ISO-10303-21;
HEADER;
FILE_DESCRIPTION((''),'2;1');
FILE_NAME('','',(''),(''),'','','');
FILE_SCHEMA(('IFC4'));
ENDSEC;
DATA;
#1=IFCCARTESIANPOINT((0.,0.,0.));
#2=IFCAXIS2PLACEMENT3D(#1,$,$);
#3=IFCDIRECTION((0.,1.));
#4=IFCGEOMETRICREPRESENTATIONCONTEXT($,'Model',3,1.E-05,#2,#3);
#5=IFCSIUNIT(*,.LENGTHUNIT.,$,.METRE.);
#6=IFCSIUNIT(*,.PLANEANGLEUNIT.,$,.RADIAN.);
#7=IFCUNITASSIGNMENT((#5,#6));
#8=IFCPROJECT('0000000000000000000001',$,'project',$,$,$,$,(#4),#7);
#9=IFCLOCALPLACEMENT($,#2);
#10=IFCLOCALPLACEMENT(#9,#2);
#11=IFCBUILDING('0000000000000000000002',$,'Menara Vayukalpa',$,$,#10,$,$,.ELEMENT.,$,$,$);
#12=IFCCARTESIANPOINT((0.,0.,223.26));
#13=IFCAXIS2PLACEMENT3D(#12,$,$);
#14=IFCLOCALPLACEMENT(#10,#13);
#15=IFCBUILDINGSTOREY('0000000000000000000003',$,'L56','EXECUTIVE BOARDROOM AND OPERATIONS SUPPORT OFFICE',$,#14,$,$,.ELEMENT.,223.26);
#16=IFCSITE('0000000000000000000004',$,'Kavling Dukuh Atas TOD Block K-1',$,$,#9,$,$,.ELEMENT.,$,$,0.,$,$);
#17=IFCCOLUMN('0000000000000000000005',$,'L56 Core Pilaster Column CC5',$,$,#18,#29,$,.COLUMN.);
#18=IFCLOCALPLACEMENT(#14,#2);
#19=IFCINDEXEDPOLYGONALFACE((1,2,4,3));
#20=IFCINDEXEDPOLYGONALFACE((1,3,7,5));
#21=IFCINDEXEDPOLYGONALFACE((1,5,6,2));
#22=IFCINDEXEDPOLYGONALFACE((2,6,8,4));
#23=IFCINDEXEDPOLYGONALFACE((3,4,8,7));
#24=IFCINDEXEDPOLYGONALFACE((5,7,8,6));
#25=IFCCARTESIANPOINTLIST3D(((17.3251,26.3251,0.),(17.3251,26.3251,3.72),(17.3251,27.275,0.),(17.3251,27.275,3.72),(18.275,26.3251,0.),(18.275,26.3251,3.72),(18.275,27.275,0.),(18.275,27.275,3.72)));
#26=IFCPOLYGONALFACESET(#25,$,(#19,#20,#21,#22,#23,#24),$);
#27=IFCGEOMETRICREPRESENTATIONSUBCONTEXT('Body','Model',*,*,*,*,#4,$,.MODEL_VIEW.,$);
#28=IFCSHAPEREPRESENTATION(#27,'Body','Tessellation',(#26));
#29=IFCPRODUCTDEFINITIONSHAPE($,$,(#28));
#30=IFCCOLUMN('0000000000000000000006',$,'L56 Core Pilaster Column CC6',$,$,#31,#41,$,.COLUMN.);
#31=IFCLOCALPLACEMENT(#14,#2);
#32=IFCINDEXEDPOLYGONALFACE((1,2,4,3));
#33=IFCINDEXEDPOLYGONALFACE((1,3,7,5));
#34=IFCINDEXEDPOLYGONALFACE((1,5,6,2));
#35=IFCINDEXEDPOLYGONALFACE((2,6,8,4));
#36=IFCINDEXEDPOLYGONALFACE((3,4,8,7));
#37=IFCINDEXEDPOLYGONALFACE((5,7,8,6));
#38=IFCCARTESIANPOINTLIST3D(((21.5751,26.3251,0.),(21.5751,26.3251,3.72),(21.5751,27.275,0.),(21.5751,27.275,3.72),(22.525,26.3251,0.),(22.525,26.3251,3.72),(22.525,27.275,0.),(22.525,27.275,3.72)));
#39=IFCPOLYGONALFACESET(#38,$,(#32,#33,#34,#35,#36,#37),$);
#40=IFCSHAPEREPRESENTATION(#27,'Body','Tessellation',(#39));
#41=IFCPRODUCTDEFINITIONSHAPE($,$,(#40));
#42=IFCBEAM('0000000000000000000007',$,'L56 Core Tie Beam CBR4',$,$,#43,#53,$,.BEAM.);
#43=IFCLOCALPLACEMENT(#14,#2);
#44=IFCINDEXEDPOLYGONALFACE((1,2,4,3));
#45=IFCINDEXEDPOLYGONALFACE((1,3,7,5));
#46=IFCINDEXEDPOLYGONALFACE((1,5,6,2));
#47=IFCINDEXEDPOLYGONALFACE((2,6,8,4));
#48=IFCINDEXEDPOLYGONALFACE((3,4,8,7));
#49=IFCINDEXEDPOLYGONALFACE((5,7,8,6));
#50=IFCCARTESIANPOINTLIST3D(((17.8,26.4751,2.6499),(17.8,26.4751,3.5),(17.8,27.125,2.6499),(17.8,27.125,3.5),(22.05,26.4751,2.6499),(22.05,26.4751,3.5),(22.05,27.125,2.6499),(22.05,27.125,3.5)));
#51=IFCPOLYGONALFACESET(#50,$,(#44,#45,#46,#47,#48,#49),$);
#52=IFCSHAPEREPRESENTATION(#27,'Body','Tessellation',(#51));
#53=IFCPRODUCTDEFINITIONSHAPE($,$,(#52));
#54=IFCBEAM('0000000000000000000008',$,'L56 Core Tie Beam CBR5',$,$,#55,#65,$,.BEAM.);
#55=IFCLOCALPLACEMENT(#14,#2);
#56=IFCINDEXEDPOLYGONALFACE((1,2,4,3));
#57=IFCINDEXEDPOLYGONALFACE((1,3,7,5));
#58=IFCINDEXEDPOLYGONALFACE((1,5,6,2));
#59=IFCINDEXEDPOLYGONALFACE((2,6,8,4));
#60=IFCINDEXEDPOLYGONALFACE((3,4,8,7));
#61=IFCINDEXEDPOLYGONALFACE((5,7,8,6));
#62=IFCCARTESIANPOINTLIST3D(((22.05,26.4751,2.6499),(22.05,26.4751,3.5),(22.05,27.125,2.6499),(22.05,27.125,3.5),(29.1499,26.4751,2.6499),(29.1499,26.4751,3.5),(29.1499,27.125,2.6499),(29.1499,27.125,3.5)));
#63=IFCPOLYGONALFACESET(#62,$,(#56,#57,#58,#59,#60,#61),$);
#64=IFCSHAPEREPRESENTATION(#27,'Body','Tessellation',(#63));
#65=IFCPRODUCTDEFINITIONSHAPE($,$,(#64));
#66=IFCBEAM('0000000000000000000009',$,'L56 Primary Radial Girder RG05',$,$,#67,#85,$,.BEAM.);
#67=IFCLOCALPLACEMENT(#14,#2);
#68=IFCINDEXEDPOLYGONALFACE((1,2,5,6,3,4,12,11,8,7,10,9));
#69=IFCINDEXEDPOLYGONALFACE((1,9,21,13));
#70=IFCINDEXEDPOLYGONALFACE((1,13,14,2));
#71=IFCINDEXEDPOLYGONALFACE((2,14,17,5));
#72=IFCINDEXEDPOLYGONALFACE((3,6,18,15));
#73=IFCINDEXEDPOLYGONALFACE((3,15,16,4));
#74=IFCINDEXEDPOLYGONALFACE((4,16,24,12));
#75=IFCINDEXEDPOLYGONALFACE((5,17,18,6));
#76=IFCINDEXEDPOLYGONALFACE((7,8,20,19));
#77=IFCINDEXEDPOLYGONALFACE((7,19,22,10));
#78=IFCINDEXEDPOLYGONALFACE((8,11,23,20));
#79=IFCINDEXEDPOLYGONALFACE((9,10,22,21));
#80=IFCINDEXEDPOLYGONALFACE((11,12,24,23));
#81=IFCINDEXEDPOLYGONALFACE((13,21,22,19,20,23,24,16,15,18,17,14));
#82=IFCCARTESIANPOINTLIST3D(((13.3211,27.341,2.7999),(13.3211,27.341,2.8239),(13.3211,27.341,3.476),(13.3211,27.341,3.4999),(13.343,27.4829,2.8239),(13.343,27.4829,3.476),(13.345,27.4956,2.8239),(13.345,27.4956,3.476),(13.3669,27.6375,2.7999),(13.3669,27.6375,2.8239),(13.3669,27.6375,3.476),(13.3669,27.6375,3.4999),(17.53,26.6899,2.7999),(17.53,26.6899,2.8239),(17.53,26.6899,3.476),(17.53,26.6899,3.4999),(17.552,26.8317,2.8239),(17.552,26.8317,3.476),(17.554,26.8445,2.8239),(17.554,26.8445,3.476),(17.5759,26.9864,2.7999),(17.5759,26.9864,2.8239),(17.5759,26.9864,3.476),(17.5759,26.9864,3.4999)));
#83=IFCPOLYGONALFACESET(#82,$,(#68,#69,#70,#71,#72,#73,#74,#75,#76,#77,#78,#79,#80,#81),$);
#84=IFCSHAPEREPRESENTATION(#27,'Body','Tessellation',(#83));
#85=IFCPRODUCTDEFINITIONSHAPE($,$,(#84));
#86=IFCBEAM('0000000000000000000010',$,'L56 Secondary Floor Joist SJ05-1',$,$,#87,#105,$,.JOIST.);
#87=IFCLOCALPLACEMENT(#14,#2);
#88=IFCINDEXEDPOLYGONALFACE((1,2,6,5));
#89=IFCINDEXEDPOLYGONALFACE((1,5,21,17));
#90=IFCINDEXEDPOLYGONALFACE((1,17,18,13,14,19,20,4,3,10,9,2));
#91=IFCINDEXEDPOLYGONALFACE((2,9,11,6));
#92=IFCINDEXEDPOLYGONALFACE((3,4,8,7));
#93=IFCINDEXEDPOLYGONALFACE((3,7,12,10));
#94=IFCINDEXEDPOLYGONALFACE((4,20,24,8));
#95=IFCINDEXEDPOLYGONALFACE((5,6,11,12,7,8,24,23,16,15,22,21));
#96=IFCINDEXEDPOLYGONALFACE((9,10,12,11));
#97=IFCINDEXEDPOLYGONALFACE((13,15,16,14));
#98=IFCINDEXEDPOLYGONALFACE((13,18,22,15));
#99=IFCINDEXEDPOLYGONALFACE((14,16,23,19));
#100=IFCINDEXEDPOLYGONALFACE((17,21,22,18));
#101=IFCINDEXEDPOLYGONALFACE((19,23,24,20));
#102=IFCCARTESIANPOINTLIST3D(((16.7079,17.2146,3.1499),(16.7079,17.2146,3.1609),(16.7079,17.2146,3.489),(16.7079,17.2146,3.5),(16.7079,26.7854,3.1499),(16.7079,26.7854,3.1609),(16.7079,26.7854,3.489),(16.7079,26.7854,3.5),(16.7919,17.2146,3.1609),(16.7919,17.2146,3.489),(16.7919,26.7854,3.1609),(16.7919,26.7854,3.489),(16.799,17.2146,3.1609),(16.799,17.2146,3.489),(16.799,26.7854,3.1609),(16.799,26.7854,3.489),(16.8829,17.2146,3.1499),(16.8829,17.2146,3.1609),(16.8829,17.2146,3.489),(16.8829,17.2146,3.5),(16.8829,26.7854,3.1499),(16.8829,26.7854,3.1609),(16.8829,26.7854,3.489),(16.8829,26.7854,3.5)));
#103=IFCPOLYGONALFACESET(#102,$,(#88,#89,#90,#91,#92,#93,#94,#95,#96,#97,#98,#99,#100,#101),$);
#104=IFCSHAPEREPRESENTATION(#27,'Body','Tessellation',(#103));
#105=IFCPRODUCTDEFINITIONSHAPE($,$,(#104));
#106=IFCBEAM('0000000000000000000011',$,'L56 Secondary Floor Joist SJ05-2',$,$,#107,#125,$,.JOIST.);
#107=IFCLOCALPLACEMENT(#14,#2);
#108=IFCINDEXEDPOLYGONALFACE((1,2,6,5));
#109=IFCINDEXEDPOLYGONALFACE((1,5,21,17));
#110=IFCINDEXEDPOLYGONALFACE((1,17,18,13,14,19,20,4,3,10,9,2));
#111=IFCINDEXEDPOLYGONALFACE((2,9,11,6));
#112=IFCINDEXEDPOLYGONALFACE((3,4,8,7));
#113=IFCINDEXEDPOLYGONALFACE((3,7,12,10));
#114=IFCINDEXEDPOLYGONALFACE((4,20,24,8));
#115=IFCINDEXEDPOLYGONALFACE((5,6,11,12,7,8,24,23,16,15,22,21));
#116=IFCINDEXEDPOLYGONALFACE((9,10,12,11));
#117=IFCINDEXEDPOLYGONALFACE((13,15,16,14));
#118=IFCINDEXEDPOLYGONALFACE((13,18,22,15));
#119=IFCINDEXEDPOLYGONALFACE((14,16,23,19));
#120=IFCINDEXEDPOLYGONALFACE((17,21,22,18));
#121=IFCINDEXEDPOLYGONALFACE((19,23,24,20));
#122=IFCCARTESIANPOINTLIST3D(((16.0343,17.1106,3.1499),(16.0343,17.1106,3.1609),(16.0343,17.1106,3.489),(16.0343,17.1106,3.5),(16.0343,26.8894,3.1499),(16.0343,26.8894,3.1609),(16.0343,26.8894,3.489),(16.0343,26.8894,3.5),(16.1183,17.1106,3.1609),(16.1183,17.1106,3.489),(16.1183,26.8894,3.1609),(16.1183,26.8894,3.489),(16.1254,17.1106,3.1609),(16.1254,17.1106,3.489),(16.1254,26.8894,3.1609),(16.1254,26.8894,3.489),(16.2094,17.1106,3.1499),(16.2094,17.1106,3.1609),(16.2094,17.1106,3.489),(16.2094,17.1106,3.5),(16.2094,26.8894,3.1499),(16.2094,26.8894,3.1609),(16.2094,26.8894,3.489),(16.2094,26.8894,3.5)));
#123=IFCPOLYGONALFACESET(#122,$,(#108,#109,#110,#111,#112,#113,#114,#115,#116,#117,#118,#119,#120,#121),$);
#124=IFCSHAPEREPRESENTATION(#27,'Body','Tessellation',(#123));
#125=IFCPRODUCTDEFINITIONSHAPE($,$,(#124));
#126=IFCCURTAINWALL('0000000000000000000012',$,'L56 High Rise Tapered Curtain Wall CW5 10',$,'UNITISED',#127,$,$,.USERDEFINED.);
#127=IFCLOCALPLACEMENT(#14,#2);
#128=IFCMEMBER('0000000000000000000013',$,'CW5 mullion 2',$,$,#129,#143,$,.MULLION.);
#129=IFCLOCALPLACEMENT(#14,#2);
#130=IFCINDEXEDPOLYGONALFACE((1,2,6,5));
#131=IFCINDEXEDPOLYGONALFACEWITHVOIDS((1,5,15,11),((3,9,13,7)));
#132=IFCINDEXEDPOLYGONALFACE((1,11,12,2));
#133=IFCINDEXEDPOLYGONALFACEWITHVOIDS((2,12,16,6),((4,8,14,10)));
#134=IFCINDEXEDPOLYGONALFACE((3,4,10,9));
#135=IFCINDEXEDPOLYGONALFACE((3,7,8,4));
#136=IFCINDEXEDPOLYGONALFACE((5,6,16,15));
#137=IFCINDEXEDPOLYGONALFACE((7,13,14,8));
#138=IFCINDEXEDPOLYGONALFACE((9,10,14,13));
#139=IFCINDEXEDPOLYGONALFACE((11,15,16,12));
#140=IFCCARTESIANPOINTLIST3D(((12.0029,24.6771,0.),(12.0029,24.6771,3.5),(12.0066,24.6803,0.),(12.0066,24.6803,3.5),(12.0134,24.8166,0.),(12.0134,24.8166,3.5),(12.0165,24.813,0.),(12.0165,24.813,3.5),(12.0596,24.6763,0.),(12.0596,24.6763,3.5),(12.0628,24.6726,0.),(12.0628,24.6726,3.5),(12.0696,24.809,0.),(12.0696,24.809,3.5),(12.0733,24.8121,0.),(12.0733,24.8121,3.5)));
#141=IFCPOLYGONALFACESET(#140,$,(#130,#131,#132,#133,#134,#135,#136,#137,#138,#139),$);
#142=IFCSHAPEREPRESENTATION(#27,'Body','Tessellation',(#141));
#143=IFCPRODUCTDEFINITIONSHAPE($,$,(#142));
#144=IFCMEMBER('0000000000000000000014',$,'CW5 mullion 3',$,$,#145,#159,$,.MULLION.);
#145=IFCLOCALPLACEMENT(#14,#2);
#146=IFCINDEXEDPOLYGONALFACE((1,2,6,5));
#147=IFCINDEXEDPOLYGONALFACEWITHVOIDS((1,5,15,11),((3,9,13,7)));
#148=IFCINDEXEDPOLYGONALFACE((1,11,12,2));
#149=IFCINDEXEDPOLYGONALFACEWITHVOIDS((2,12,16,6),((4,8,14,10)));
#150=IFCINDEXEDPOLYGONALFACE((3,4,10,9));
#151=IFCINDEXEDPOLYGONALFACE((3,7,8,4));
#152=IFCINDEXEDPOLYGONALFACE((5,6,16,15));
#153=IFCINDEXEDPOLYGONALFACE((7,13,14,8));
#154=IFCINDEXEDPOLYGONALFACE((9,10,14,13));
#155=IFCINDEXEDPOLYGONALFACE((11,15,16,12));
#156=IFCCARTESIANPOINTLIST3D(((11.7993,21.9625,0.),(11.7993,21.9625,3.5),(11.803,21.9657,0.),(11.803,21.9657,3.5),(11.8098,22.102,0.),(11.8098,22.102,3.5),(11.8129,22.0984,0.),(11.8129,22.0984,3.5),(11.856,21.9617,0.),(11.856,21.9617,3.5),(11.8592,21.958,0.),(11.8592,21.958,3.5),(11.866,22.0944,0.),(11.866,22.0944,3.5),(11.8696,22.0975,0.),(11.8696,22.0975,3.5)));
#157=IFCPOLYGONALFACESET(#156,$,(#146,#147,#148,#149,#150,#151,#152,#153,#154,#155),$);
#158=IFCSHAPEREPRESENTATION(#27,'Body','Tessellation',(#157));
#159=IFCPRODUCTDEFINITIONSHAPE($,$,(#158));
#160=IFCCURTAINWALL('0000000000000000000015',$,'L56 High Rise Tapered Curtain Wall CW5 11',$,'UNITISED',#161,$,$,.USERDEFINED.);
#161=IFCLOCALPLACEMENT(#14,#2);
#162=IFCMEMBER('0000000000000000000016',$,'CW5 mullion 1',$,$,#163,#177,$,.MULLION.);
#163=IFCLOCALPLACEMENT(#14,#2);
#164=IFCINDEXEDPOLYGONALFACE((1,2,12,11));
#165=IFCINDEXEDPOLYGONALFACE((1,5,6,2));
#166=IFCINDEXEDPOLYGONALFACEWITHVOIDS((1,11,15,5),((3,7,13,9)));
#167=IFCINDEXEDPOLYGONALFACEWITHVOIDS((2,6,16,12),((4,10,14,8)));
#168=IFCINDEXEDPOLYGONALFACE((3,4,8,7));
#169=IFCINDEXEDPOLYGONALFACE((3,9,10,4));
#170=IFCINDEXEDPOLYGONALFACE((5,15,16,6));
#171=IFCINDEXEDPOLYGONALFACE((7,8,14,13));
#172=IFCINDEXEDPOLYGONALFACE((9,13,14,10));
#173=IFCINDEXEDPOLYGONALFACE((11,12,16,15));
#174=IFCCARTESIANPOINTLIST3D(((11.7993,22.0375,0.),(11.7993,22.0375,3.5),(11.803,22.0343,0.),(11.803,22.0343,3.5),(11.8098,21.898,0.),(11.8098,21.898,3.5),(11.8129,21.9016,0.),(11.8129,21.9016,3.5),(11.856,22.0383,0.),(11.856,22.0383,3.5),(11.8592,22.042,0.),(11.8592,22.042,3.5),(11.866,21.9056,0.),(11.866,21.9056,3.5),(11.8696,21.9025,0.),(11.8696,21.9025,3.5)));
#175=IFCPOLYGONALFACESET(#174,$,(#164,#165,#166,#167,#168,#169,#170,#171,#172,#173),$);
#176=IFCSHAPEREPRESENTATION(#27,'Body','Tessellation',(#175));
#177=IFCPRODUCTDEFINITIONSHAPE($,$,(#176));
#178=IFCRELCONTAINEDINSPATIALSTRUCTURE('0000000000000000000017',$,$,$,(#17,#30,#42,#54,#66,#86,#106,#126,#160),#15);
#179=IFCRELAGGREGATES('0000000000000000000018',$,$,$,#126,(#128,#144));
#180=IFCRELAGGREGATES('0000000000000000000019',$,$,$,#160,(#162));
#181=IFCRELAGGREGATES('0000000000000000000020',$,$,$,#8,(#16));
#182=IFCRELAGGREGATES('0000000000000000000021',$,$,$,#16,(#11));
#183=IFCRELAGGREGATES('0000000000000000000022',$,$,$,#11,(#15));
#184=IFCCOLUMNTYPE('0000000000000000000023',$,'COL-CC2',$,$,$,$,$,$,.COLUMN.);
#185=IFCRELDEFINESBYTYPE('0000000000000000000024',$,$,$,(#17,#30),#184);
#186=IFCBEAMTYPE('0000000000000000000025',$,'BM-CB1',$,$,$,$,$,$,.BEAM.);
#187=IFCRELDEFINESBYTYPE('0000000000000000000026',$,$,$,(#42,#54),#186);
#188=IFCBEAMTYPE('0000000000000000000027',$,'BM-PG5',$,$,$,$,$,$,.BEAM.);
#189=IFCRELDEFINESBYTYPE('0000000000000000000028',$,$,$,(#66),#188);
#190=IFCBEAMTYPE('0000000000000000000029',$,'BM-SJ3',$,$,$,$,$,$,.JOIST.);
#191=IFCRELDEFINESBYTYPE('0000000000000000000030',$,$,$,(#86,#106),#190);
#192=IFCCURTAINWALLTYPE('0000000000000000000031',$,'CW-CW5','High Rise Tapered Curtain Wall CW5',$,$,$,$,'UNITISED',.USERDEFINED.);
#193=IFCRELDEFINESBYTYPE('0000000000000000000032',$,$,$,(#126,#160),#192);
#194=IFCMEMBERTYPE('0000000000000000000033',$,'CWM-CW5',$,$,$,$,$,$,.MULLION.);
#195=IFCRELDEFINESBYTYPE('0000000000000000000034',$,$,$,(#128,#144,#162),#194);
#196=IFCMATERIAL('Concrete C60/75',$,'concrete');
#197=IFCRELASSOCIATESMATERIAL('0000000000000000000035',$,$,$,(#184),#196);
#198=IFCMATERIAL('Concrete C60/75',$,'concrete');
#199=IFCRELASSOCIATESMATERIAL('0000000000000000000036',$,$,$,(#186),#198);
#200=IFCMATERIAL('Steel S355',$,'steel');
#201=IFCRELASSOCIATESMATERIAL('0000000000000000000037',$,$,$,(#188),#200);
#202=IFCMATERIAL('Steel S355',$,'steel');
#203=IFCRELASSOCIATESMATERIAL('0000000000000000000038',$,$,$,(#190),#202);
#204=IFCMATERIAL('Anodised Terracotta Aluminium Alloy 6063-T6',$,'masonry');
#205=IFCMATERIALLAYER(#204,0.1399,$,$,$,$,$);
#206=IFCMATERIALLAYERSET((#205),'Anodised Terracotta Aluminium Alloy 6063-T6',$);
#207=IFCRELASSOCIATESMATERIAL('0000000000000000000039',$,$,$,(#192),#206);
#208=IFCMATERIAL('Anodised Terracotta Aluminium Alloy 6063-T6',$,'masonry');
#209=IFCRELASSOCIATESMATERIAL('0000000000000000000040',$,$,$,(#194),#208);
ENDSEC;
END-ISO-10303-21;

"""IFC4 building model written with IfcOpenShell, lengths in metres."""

from ifc_helpers import new_model, si_unit, direction, frame, origin, origin_2d, place, context, subcontext, project, spatial, rectangle, hollow_rectangle, i_section, extrude, material, layer, layer_set, material_profile, profile_set, type_object, element, aggregate, save


model = new_model("IFC4")

# Units and contexts
model_context = context("Model", 3, precision=1e-05, world=origin(), true_north=direction((0.0, 1.0)))
body_context = subcontext(model_context, "Body", "Model", "MODEL_VIEW")
ifc_project = project(units=[si_unit("LENGTHUNIT", "METRE"), si_unit("PLANEANGLEUNIT", "RADIAN")], contexts=[model_context])

# Site, building, storey
site_placement = place(None, origin())
site = spatial("IfcSite", under=ifc_project, at=site_placement, Name="Kavling Dukuh Atas TOD Block K-1", CompositionType="ELEMENT", RefElevation=0.0)
building_placement = place(site_placement, origin())
building = spatial("IfcBuilding", under=site, at=building_placement, Name="Menara Vayukalpa", CompositionType="ELEMENT")
storey_placement = place(building_placement, frame((0.0, 0.0, 223.26)))
storey = spatial("IfcBuildingStorey", under=building, at=storey_placement, Name="L56", Description="EXECUTIVE BOARDROOM AND OPERATIONS SUPPORT OFFICE", CompositionType="ELEMENT", Elevation=223.26)

# Columns
ifc_material_1 = material(Name="Concrete C60/75", Category="concrete")
ifc_material_profile_1 = material_profile(ifc_material_1, rectangle(XDim=0.95, YDim=0.95, at=origin_2d()), Name="RC 950x950")
ifc_profile_set_1 = profile_set([ifc_material_profile_1], Name="Concrete C60/75")
column_type = type_object("IfcColumnType", Name="COL-CC2", PredefinedType="COLUMN", material=ifc_profile_set_1)
for number, where, z_axis, x_axis, name in (
    (1, (17.8, 26.8, 0.0), (0.0, 0.0, 1.0), (1.0, 0.0, 0.0), "L56 Core Pilaster Column CC5"),
    (2, (22.05, 26.8, 0.0), (0.0, 0.0, 1.0), (1.0, 0.0, 0.0), "L56 Core Pilaster Column CC6"),
):
    element("IfcColumn", number, at=place(storey_placement, frame(where, z_axis=z_axis, x_axis=x_axis)), inside=storey, type_object=column_type, Name=name, PredefinedType="COLUMN", context=body_context, shape_type="SweptSolid", body=[
        extrude(rectangle(XDim=0.95, YDim=0.95, at=origin_2d()), origin(), (0.0, 0.0, 1.0), 3.72),
    ])

# Beams
ifc_material_2 = material(Name="Concrete C60/75", Category="concrete")
ifc_material_profile_2 = material_profile(ifc_material_2, rectangle(XDim=0.6499, YDim=0.8501, at=origin_2d()), Name="RC 650x850")
ifc_profile_set_2 = profile_set([ifc_material_profile_2], Name="Concrete C60/75")
beam_type_1 = type_object("IfcBeamType", Name="BM-CB1", PredefinedType="BEAM", material=ifc_profile_set_2)
beam_1_placement = place(storey_placement, frame((17.8, 26.8, 3.075), z_axis=(1.0, 0.0, 0.0), x_axis=(0.0, 1.0, 0.0)))
element("IfcBeam", 3, at=beam_1_placement, inside=storey, type_object=beam_type_1, Name="L56 Core Tie Beam CBR4", PredefinedType="BEAM", context=body_context, shape_type="SweptSolid", body=[
    extrude(rectangle(XDim=0.6499, YDim=0.8501, at=origin_2d()), origin(), (0.0, 0.0, 1.0), 4.25),
])
beam_2_placement = place(storey_placement, frame((22.05, 26.8, 3.075), z_axis=(1.0, 0.0, 0.0), x_axis=(0.0, 1.0, 0.0)))
element("IfcBeam", 4, at=beam_2_placement, inside=storey, type_object=beam_type_1, Name="L56 Core Tie Beam CBR5", PredefinedType="BEAM", context=body_context, shape_type="SweptSolid", body=[
    extrude(rectangle(XDim=0.6499, YDim=0.8501, at=origin_2d()), origin(), (0.0, 0.0, 1.0), 7.0999),
])
ifc_material_3 = material(Name="Steel S355", Category="steel")
ifc_material_profile_3 = material_profile(ifc_material_3, i_section(OverallWidth=0.3, OverallDepth=0.7, WebThickness=0.0129, FlangeThickness=0.0239, at=origin_2d()), Name="WF 700x300x13x24")
ifc_profile_set_3 = profile_set([ifc_material_profile_3], Name="Steel S355")
beam_type_2 = type_object("IfcBeamType", Name="BM-PG5", PredefinedType="BEAM", material=ifc_profile_set_3)
beam_3_placement = place(storey_placement, frame((17.553, 26.8381, 3.1499), z_axis=(-0.988245, 0.15288, 0.0), x_axis=(-0.15288, -0.988245, 0.0)))
element("IfcBeam", 5, at=beam_3_placement, inside=storey, type_object=beam_type_2, Name="L56 Primary Radial Girder RG05", PredefinedType="BEAM", context=body_context, shape_type="SweptSolid", body=[
    extrude(i_section(OverallWidth=0.3, OverallDepth=0.7, WebThickness=0.0129, FlangeThickness=0.0239, at=origin_2d()), origin(), (0.0, 0.0, 1.0), 4.259),
])
ifc_material_4 = material(Name="Steel S355", Category="steel")
ifc_material_profile_4 = material_profile(ifc_material_4, i_section(OverallWidth=0.175, OverallDepth=0.3501, WebThickness=0.0071, FlangeThickness=0.011, at=origin_2d()), Name="WF 350x175x7x11")
ifc_profile_set_4 = profile_set([ifc_material_profile_4], Name="Steel S355")
beam_type_3 = type_object("IfcBeamType", Name="BM-SJ3", PredefinedType="JOIST", material=ifc_profile_set_4)
beam_4_placement = place(storey_placement, frame((16.7954, 26.7854, 3.325), z_axis=(0.0, -1.0, 0.0), x_axis=(1.0, 0.0, 0.0)))
element("IfcBeam", 6, at=beam_4_placement, inside=storey, type_object=beam_type_3, Name="L56 Secondary Floor Joist SJ05-1", PredefinedType="JOIST", context=body_context, shape_type="SweptSolid", body=[
    extrude(i_section(OverallWidth=0.175, OverallDepth=0.3501, WebThickness=0.0071, FlangeThickness=0.011, at=origin_2d()), origin(), (0.0, 0.0, 1.0), 9.5708),
])
beam_5_placement = place(storey_placement, frame((16.1218, 26.8894, 3.325), z_axis=(0.0, -1.0, 0.0), x_axis=(1.0, 0.0, 0.0)))
element("IfcBeam", 7, at=beam_5_placement, inside=storey, type_object=beam_type_3, Name="L56 Secondary Floor Joist SJ05-2", PredefinedType="JOIST", context=body_context, shape_type="SweptSolid", body=[
    extrude(i_section(OverallWidth=0.175, OverallDepth=0.3501, WebThickness=0.0071, FlangeThickness=0.011, at=origin_2d()), origin(), (0.0, 0.0, 1.0), 9.7788),
])

# Curtain wall, members
ifc_material_5 = material(Name="Anodised Terracotta Aluminium Alloy 6063-T6", Category="masonry")
ifc_layer_1 = layer(ifc_material_5, 0.1399)
ifc_layer_set_1 = layer_set([ifc_layer_1], Name="Anodised Terracotta Aluminium Alloy 6063-T6")
curtain_wall_type = type_object("IfcCurtainWallType", Name="CW-CW5", Description="High Rise Tapered Curtain Wall CW5", ElementType="UNITISED", PredefinedType="USERDEFINED", material=ifc_layer_set_1)
curtain_wall_1_placement = place(storey_placement, origin())
curtain_wall_1 = element("IfcCurtainWall", 8, at=curtain_wall_1_placement, inside=storey, type_object=curtain_wall_type, Name="L56 High Rise Tapered Curtain Wall CW5 10", ObjectType="UNITISED", PredefinedType="USERDEFINED")
ifc_material_6 = material(Name="Anodised Terracotta Aluminium Alloy 6063-T6", Category="masonry")
ifc_material_profile_5 = material_profile(ifc_material_6, hollow_rectangle(XDim=0.0601, YDim=0.1399, WallThickness=0.0034, at=origin_2d()), Name="ALU 60x140x3.5")
ifc_profile_set_5 = profile_set([ifc_material_profile_5], Name="Anodised Terracotta Aluminium Alloy 6063-T6")
member_type_1 = type_object("IfcMemberType", Name="CWM-CW5", PredefinedType="MULLION", material=ifc_profile_set_5)
member_1_placement = place(storey_placement, frame((12.0381, 24.7446, 0.0), z_axis=(0.0, 0.0, 1.0), x_axis=(0.997199, -0.074792, 0.0)))
member_1 = element("IfcMember", 9, at=member_1_placement, type_object=member_type_1, Name="CW5 mullion 2", PredefinedType="MULLION", context=body_context, shape_type="SweptSolid", body=[
    extrude(hollow_rectangle(XDim=0.0601, YDim=0.1399, WallThickness=0.0034, at=origin_2d()), origin(), (0.0, 0.0, 1.0), 3.5),
])
member_2_placement = place(storey_placement, frame((11.8345, 22.03, 0.0), z_axis=(0.0, 0.0, 1.0), x_axis=(0.997199, -0.074792, 0.0)))
member_2 = element("IfcMember", 10, at=member_2_placement, type_object=member_type_1, Name="CW5 mullion 3", PredefinedType="MULLION", context=body_context, shape_type="SweptSolid", body=[
    extrude(hollow_rectangle(XDim=0.0601, YDim=0.1399, WallThickness=0.0034, at=origin_2d()), origin(), (0.0, 0.0, 1.0), 3.5),
])

# Curtain wall, member
curtain_wall_2_placement = place(storey_placement, origin())
curtain_wall_2 = element("IfcCurtainWall", 11, at=curtain_wall_2_placement, inside=storey, type_object=curtain_wall_type, Name="L56 High Rise Tapered Curtain Wall CW5 11", ObjectType="UNITISED", PredefinedType="USERDEFINED")
member_3_placement = place(storey_placement, frame((11.8345, 21.97, 0.0), z_axis=(0.0, 0.0, 1.0), x_axis=(0.997199, 0.074792, 0.0)))
member_3 = element("IfcMember", 12, at=member_3_placement, type_object=member_type_1, Name="CW5 mullion 1", PredefinedType="MULLION", context=body_context, shape_type="SweptSolid", body=[
    extrude(hollow_rectangle(XDim=0.0601, YDim=0.1399, WallThickness=0.0034, at=origin_2d()), origin(), (0.0, 0.0, 1.0), 3.5),
])

aggregate(curtain_wall_1, [member_1, member_2])
aggregate(curtain_wall_2, [member_3])

save(model, "model.ifc")
